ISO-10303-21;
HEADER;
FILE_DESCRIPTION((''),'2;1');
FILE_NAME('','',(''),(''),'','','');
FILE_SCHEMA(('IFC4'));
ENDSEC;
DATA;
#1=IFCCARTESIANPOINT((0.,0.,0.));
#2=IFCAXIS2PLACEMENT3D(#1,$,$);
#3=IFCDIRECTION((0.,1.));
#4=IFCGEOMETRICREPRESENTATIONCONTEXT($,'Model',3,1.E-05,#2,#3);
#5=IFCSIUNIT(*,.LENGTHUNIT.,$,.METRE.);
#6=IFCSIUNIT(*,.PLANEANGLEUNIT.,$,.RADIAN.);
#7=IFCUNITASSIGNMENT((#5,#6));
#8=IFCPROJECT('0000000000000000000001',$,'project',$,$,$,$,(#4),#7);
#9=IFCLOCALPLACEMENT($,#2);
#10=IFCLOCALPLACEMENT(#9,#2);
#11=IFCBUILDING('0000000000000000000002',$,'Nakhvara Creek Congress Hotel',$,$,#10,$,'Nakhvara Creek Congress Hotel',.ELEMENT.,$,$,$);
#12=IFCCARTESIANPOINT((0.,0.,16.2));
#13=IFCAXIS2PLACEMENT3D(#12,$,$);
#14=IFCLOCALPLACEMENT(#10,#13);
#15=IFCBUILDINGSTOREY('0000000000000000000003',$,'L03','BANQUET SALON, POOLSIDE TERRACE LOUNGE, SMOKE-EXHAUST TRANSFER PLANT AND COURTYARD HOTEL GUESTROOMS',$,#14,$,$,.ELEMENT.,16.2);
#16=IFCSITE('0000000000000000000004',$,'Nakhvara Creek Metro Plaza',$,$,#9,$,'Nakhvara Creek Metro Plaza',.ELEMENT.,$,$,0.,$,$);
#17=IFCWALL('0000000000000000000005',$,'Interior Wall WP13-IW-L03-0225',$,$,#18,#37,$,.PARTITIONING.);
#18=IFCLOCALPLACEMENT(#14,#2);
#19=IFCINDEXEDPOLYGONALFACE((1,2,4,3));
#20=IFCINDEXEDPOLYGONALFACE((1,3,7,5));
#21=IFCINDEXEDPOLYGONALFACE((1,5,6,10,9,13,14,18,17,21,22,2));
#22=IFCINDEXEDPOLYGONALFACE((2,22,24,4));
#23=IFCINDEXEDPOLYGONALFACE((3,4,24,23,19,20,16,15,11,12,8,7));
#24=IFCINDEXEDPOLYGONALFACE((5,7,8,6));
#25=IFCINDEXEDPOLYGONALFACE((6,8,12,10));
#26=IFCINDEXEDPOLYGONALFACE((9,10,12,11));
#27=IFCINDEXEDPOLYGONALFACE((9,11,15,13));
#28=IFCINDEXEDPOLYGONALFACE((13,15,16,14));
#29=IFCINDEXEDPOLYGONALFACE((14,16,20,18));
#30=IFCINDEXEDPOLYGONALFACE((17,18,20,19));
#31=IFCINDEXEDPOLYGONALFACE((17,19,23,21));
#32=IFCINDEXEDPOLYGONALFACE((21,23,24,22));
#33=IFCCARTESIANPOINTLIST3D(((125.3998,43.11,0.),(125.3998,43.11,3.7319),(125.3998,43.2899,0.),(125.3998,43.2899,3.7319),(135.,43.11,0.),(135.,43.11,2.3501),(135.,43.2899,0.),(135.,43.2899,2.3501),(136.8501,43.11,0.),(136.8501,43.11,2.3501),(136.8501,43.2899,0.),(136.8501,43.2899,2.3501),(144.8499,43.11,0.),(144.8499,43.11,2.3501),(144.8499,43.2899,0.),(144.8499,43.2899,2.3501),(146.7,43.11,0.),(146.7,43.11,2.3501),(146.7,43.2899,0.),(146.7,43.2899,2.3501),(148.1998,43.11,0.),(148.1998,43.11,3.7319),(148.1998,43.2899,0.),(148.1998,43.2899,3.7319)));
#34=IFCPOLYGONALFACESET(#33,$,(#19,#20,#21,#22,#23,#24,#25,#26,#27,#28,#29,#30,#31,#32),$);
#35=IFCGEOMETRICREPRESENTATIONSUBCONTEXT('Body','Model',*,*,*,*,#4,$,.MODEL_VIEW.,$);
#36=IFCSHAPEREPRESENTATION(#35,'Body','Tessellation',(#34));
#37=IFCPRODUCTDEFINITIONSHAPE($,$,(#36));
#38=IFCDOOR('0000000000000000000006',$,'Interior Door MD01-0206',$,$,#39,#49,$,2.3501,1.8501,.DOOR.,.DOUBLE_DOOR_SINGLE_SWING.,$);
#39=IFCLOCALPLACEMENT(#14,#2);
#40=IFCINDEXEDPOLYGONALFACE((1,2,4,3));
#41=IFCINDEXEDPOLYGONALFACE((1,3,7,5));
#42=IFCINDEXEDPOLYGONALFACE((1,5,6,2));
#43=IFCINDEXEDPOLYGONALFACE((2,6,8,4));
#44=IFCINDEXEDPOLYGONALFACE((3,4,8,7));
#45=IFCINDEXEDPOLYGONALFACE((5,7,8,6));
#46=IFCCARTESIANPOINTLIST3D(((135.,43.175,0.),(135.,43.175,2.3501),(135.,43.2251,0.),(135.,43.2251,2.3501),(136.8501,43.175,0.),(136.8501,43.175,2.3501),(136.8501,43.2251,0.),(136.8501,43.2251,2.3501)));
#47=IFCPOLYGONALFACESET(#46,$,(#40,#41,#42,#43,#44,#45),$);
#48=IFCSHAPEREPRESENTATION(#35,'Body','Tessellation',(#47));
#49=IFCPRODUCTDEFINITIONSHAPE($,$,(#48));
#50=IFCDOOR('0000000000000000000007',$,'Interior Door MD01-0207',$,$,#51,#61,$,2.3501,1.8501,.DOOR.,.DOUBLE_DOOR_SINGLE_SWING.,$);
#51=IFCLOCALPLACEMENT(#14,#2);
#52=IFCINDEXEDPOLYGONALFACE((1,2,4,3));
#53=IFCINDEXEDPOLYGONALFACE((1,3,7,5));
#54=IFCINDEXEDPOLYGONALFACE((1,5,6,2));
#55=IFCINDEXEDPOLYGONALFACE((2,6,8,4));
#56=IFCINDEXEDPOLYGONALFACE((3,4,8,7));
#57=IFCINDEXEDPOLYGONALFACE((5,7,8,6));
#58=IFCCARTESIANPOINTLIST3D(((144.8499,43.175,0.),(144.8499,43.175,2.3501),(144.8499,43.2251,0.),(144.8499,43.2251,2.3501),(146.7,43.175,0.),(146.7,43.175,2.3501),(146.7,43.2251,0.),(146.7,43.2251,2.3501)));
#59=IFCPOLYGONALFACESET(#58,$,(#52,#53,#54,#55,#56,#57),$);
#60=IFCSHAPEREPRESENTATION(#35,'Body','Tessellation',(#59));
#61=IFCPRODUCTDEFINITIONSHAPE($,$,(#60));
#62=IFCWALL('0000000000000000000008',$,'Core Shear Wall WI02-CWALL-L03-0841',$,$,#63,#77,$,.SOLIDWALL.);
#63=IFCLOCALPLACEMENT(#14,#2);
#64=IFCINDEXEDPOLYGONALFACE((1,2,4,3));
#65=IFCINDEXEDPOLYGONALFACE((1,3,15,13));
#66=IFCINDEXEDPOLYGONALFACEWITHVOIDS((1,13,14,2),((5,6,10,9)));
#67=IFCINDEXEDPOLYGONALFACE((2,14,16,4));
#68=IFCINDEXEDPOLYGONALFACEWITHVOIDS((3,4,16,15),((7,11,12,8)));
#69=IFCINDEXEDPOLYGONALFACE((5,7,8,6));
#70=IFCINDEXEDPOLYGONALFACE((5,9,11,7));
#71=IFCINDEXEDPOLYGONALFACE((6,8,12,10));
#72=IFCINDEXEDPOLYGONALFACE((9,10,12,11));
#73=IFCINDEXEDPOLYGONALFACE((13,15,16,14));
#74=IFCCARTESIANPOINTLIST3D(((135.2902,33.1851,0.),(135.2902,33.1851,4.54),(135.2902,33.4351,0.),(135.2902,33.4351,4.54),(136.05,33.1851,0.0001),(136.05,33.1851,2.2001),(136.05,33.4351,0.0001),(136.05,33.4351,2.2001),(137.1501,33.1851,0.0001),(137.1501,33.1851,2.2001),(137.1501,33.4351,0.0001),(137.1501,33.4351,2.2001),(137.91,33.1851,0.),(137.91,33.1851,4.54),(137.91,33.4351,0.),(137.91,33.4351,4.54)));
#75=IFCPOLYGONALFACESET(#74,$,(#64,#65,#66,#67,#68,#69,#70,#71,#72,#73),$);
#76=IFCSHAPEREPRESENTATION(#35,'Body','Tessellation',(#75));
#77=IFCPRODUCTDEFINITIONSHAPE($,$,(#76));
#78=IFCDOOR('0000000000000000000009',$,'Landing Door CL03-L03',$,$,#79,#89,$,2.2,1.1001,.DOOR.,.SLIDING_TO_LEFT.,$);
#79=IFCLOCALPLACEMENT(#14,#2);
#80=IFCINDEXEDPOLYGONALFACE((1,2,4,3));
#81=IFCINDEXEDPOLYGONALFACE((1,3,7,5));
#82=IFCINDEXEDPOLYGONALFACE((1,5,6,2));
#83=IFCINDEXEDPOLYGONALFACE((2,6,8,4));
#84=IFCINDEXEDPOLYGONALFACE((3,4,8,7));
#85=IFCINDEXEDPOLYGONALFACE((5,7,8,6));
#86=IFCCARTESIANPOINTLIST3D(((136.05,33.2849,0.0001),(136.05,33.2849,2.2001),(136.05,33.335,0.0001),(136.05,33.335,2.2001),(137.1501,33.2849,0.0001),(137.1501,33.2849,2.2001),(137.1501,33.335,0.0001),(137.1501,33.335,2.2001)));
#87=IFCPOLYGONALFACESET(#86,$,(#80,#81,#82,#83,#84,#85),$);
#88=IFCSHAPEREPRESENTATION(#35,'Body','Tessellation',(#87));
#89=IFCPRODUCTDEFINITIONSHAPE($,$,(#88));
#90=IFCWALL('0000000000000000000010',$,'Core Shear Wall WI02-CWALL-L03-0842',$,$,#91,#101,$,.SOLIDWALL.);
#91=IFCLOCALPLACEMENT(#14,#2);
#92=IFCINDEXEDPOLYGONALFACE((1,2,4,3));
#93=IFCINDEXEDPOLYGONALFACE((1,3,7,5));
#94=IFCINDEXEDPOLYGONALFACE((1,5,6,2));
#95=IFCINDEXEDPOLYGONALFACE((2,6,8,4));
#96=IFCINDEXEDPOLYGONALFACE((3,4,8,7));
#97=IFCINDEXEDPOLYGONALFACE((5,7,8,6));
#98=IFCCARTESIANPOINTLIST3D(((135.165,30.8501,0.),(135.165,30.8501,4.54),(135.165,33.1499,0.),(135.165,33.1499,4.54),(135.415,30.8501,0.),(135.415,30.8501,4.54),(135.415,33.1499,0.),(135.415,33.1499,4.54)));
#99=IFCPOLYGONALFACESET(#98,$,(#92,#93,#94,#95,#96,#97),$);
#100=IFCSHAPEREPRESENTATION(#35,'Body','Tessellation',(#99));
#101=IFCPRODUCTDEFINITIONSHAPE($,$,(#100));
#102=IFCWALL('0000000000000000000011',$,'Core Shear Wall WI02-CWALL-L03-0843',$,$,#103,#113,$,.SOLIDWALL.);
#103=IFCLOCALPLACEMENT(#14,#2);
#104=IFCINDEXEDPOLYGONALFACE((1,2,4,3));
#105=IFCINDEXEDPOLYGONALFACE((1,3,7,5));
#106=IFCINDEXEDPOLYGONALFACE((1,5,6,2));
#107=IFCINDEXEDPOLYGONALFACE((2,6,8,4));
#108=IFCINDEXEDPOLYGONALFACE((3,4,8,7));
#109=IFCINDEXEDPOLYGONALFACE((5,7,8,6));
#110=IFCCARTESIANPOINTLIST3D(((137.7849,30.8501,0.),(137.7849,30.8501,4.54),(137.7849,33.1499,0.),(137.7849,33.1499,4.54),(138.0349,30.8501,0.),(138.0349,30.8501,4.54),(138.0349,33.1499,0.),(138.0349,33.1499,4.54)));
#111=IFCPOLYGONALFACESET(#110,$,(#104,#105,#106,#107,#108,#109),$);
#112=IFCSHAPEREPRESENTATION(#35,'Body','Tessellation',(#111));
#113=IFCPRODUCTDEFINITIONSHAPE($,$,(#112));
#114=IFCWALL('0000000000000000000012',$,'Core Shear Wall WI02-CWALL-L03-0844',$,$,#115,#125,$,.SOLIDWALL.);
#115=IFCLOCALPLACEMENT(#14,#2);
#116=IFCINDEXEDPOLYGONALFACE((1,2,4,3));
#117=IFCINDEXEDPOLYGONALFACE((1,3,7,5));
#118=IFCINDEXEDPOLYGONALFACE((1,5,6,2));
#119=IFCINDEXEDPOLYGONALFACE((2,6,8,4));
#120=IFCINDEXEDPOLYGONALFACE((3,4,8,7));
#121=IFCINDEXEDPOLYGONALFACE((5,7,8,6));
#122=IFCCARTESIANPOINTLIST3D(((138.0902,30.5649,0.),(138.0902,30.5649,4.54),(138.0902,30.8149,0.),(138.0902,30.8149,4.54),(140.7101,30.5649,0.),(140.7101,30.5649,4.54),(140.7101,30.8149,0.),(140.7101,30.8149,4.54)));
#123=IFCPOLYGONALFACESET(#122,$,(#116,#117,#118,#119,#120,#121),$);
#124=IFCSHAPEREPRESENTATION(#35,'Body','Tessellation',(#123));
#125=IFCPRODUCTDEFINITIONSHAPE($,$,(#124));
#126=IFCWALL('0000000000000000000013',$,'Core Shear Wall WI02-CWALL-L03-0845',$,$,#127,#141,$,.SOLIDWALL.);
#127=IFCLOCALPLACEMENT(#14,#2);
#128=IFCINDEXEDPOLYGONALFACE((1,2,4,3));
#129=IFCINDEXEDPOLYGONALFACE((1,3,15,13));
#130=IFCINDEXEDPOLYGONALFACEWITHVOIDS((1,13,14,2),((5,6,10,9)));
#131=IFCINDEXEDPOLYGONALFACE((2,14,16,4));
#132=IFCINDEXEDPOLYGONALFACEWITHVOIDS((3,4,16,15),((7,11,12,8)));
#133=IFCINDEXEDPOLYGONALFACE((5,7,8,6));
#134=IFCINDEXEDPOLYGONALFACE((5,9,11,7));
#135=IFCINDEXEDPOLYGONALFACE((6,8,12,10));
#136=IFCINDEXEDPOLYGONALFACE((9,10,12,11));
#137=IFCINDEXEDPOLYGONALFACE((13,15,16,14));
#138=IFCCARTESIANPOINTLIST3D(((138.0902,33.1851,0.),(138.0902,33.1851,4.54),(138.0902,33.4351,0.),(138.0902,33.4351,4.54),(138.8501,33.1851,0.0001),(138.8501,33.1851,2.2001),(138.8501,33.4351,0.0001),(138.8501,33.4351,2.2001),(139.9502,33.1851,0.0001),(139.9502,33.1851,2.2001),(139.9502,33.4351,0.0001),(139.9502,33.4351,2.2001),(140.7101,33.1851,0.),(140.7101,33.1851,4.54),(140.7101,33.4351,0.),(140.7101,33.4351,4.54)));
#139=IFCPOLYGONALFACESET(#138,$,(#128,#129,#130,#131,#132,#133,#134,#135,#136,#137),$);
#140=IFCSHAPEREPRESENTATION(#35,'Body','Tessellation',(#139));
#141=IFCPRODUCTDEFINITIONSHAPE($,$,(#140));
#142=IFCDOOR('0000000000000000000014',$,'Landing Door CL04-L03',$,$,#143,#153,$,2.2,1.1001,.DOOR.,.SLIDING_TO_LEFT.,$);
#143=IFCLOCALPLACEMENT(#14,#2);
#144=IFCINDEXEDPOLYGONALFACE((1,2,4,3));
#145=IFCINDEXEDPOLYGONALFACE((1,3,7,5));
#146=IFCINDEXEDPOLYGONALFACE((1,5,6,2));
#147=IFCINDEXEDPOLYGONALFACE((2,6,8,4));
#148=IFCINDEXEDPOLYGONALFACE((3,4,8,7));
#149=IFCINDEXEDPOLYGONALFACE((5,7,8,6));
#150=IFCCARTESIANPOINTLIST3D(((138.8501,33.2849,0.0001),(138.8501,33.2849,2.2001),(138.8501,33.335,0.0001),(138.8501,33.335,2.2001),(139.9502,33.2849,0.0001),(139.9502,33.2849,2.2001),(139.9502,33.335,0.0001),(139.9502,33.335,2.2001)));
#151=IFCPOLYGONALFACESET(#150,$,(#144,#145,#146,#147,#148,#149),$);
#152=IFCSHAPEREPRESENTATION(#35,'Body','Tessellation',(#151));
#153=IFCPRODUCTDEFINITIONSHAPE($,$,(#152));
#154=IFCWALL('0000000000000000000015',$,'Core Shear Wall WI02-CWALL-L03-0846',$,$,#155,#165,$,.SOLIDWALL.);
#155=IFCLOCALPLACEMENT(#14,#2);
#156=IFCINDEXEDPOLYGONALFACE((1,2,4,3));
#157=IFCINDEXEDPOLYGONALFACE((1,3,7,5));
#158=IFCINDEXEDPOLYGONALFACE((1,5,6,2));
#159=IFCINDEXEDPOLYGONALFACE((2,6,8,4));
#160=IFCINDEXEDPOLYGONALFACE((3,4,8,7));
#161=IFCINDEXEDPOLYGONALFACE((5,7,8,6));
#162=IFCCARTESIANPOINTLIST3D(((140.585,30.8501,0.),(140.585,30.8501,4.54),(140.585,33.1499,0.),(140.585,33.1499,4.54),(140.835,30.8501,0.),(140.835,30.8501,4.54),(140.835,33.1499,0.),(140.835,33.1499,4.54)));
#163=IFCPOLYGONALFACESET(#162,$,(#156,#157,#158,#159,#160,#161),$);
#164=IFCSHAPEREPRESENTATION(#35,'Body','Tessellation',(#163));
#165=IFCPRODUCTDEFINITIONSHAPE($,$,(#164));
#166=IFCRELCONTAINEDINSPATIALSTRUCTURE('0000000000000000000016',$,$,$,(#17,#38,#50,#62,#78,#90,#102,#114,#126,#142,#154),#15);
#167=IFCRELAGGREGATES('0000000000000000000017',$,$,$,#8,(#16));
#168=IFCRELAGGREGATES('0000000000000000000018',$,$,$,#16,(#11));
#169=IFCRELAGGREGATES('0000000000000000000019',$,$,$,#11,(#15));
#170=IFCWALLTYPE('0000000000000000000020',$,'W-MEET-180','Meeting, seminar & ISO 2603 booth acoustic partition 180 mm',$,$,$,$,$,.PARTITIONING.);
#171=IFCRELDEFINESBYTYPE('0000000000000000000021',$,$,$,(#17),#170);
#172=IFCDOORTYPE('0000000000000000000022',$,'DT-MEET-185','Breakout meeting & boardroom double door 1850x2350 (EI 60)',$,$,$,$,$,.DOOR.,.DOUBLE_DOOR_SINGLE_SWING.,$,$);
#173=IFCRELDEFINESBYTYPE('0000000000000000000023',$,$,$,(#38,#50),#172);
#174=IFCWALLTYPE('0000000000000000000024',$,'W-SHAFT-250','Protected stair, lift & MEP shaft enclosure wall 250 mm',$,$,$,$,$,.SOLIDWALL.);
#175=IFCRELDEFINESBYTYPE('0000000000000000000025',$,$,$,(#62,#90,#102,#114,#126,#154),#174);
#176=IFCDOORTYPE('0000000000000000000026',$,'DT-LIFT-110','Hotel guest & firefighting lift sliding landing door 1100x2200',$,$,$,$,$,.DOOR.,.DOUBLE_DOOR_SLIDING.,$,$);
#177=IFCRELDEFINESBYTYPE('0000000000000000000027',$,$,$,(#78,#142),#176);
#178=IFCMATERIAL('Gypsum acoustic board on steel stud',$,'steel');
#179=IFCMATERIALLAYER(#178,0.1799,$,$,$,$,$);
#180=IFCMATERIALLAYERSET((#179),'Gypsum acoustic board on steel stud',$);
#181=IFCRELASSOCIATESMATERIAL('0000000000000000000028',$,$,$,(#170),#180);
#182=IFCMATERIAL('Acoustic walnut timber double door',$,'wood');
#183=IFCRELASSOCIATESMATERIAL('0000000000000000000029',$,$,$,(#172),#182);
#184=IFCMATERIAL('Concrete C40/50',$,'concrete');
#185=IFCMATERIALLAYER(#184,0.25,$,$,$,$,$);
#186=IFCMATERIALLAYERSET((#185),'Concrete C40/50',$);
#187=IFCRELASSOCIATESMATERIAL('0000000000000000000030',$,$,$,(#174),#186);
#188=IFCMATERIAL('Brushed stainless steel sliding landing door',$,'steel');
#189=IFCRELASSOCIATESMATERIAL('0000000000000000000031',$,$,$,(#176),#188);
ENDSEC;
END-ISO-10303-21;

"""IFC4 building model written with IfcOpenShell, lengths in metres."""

from ifc_helpers import new_model, si_unit, direction, frame, frame_2d, origin, place, context, subcontext, project, spatial, rectangle, extrude, material, layer, layer_set, type_object, element, fill, save


model = new_model("IFC4")

# Units and contexts
model_context = context("Model", 3, precision=1e-05, world=origin(), true_north=direction((0.0, 1.0)))
body_context = subcontext(model_context, "Body", "Model", "MODEL_VIEW")
ifc_project = project(units=[si_unit("LENGTHUNIT", "METRE"), si_unit("PLANEANGLEUNIT", "RADIAN")], contexts=[model_context])

# Site, building, storey
site_placement = place(None, origin())
site = spatial("IfcSite", under=ifc_project, at=site_placement, Name="Nakhvara Creek Metro Plaza", LongName="Nakhvara Creek Metro Plaza", CompositionType="ELEMENT", RefElevation=0.0)
building_placement = place(site_placement, origin())
building = spatial("IfcBuilding", under=site, at=building_placement, Name="Nakhvara Creek Congress Hotel", LongName="Nakhvara Creek Congress Hotel", CompositionType="ELEMENT")
storey_placement = place(building_placement, frame((0.0, 0.0, 16.2)))
storey = spatial("IfcBuildingStorey", under=building, at=storey_placement, Name="L03", Description="BANQUET SALON, POOLSIDE TERRACE LOUNGE, SMOKE-EXHAUST TRANSFER PLANT AND COURTYARD HOTEL GUESTROOMS", CompositionType="ELEMENT", Elevation=16.2)

# Shared definitions
ifc_material_1 = material(Name="Concrete C40/50", Category="concrete")

# Wall, openings, doors
ifc_material_2 = material(Name="Gypsum acoustic board on steel stud", Category="steel")
ifc_layer_1 = layer(ifc_material_2, 0.1799)
ifc_layer_set_1 = layer_set([ifc_layer_1], Name="Gypsum acoustic board on steel stud")
wall_type_1 = type_object("IfcWallType", Name="W-MEET-180", Description="Meeting, seminar & ISO 2603 booth acoustic partition 180 mm", PredefinedType="PARTITIONING", material=ifc_layer_set_1)
wall_1_placement = place(storey_placement, frame((125.3999, 43.2, 0.0), z_axis=(0.0, 0.0, 1.0), x_axis=(1.0, 0.0, 0.0)))
wall_1 = element("IfcWall", 1, at=wall_1_placement, inside=storey, type_object=wall_type_1, Name="Interior Wall WP13-IW-L03-0225", PredefinedType="PARTITIONING", context=body_context, shape_type="SweptSolid", body=[
    extrude(rectangle(XDim=22.8, YDim=0.1799, at=frame_2d((11.3999, 0.0))), origin(), (0.0, 0.0, 1.0), 3.7319),
])
opening_1_placement = place(wall_1_placement, frame((9.6001, 0.0, 0.0)))
opening_1 = element("IfcOpeningElement", 2, at=opening_1_placement, cuts=wall_1, PredefinedType="OPENING", context=body_context, shape_type="SweptSolid", body=[
    extrude(rectangle(XDim=1.8501, YDim=2.3501, at=frame_2d((0.925, 1.175))), frame((0.0, 0.1021, 0.0), z_axis=(0.0, -1.0, 0.0), x_axis=(1.0, 0.0, 0.0)), (0.0, 0.0, 1.0), 0.2039),
])
opening_2_placement = place(wall_1_placement, frame((19.45, 0.0, 0.0)))
opening_2 = element("IfcOpeningElement", 3, at=opening_2_placement, cuts=wall_1, PredefinedType="OPENING", context=body_context, shape_type="SweptSolid", body=[
    extrude(rectangle(XDim=1.8501, YDim=2.3501, at=frame_2d((0.925, 1.175))), frame((0.0, 0.1021, 0.0), z_axis=(0.0, -1.0, 0.0), x_axis=(1.0, 0.0, 0.0)), (0.0, 0.0, 1.0), 0.2039),
])
ifc_material_3 = material(Name="Acoustic walnut timber double door", Category="wood")
door_type_1 = type_object("IfcDoorType", Name="DT-MEET-185", Description="Breakout meeting & boardroom double door 1850x2350 (EI 60)", OperationType="DOUBLE_DOOR_SINGLE_SWING", PredefinedType="DOOR", material=ifc_material_3)
door_1_placement = place(opening_1_placement, frame((1.8501, 0.0, 0.0), z_axis=(0.0, 0.0, 1.0), x_axis=(-1.0, 0.0, 0.0)))
door_1 = element("IfcDoor", 4, at=door_1_placement, inside=storey, type_object=door_type_1, Name="Interior Door MD01-0206", OperationType="DOUBLE_DOOR_SINGLE_SWING", OverallHeight=2.3501, OverallWidth=1.8501, PredefinedType="DOOR", context=body_context, shape_type="SweptSolid", body=[
    extrude(rectangle(XDim=1.8501, YDim=2.3501, at=frame_2d((0.925, 1.175))), frame((0.0, 0.0249, 0.0), z_axis=(0.0, -1.0, 0.0), x_axis=(1.0, 0.0, 0.0)), (0.0, 0.0, 1.0), 0.05),
])
fill(opening_1, door_1)
door_2_placement = place(opening_2_placement, frame((1.8501, 0.0, 0.0), z_axis=(0.0, 0.0, 1.0), x_axis=(-1.0, 0.0, 0.0)))
door_2 = element("IfcDoor", 5, at=door_2_placement, inside=storey, type_object=door_type_1, Name="Interior Door MD01-0207", OperationType="DOUBLE_DOOR_SINGLE_SWING", OverallHeight=2.3501, OverallWidth=1.8501, PredefinedType="DOOR", context=body_context, shape_type="SweptSolid", body=[
    extrude(rectangle(XDim=1.8501, YDim=2.3501, at=frame_2d((0.925, 1.175))), frame((0.0, 0.0249, 0.0), z_axis=(0.0, -1.0, 0.0), x_axis=(1.0, 0.0, 0.0)), (0.0, 0.0, 1.0), 0.05),
])
fill(opening_2, door_2)

# Shared definitions
ifc_layer_2 = layer(ifc_material_1, 0.25)
ifc_layer_set_2 = layer_set([ifc_layer_2], Name="Concrete C40/50")
wall_type_2 = type_object("IfcWallType", Name="W-SHAFT-250", Description="Protected stair, lift & MEP shaft enclosure wall 250 mm", PredefinedType="SOLIDWALL", material=ifc_layer_set_2)

# Wall, opening, door
wall_2_placement = place(storey_placement, frame((135.29, 33.3101, 0.0), z_axis=(0.0, 0.0, 1.0), x_axis=(1.0, 0.0, 0.0)))
wall_2 = element("IfcWall", 6, at=wall_2_placement, inside=storey, type_object=wall_type_2, Name="Core Shear Wall WI02-CWALL-L03-0841", PredefinedType="SOLIDWALL", context=body_context, shape_type="SweptSolid", body=[
    extrude(rectangle(XDim=2.6199, YDim=0.25, at=frame_2d((1.3101, 0.0))), origin(), (0.0, 0.0, 1.0), 4.54),
])
opening_3_placement = place(wall_2_placement, frame((0.76, 0.0, 0.0)))
opening_3 = element("IfcOpeningElement", 7, at=opening_3_placement, cuts=wall_2, PredefinedType="OPENING", context=body_context, shape_type="SweptSolid", body=[
    extrude(rectangle(XDim=1.1001, YDim=2.2, at=frame_2d((0.55, 1.1001))), frame((0.0, 0.137, 0.0), z_axis=(0.0, -1.0, 0.0), x_axis=(1.0, 0.0, 0.0)), (0.0, 0.0, 1.0), 0.2739),
])
ifc_material_4 = material(Name="Brushed stainless steel sliding landing door", Category="steel")
door_type_2 = type_object("IfcDoorType", Name="DT-LIFT-110", Description="Hotel guest & firefighting lift sliding landing door 1100x2200", OperationType="DOUBLE_DOOR_SLIDING", PredefinedType="DOOR", material=ifc_material_4)
door_3_placement = place(opening_3_placement, origin())
door_3 = element("IfcDoor", 8, at=door_3_placement, inside=storey, type_object=door_type_2, Name="Landing Door CL03-L03", OperationType="SLIDING_TO_LEFT", OverallHeight=2.2, OverallWidth=1.1001, PredefinedType="DOOR", context=body_context, shape_type="SweptSolid", body=[
    extrude(rectangle(XDim=1.1001, YDim=2.2, at=frame_2d((0.55, 1.1001))), frame((0.0, 0.0249, 0.0), z_axis=(0.0, -1.0, 0.0), x_axis=(1.0, 0.0, 0.0)), (0.0, 0.0, 1.0), 0.05),
])
fill(opening_3, door_3)

# Walls
for number, where, z_axis, x_axis, name in (
    (9, (135.29, 30.8501, 0.0), (0.0, 0.0, 1.0), (0.0, 1.0, 0.0), "Core Shear Wall WI02-CWALL-L03-0842"),
    (10, (137.9099, 30.8501, 0.0), (0.0, 0.0, 1.0), (0.0, 1.0, 0.0), "Core Shear Wall WI02-CWALL-L03-0843"),
):
    element("IfcWall", number, at=place(storey_placement, frame(where, z_axis=z_axis, x_axis=x_axis)), inside=storey, type_object=wall_type_2, Name=name, PredefinedType="SOLIDWALL", context=body_context, shape_type="SweptSolid", body=[
        extrude(rectangle(XDim=2.2998, YDim=0.25, at=frame_2d((1.1499, 0.0))), origin(), (0.0, 0.0, 1.0), 4.54),
    ])
wall_3_placement = place(storey_placement, frame((138.0901, 30.6899, 0.0), z_axis=(0.0, 0.0, 1.0), x_axis=(1.0, 0.0, 0.0)))
element("IfcWall", 11, at=wall_3_placement, inside=storey, type_object=wall_type_2, Name="Core Shear Wall WI02-CWALL-L03-0844", PredefinedType="SOLIDWALL", context=body_context, shape_type="SweptSolid", body=[
    extrude(rectangle(XDim=2.6199, YDim=0.25, at=frame_2d((1.3101, 0.0))), origin(), (0.0, 0.0, 1.0), 4.54),
])

# Wall, opening, door
wall_4_placement = place(storey_placement, frame((138.0901, 33.3101, 0.0), z_axis=(0.0, 0.0, 1.0), x_axis=(1.0, 0.0, 0.0)))
wall_4 = element("IfcWall", 12, at=wall_4_placement, inside=storey, type_object=wall_type_2, Name="Core Shear Wall WI02-CWALL-L03-0845", PredefinedType="SOLIDWALL", context=body_context, shape_type="SweptSolid", body=[
    extrude(rectangle(XDim=2.6199, YDim=0.25, at=frame_2d((1.3101, 0.0))), origin(), (0.0, 0.0, 1.0), 4.54),
])
opening_4_placement = place(wall_4_placement, frame((0.76, 0.0, 0.0)))
opening_4 = element("IfcOpeningElement", 13, at=opening_4_placement, cuts=wall_4, PredefinedType="OPENING", context=body_context, shape_type="SweptSolid", body=[
    extrude(rectangle(XDim=1.1001, YDim=2.2, at=frame_2d((0.55, 1.1001))), frame((0.0, 0.137, 0.0), z_axis=(0.0, -1.0, 0.0), x_axis=(1.0, 0.0, 0.0)), (0.0, 0.0, 1.0), 0.2739),
])
door_4_placement = place(opening_4_placement, origin())
door_4 = element("IfcDoor", 14, at=door_4_placement, inside=storey, type_object=door_type_2, Name="Landing Door CL04-L03", OperationType="SLIDING_TO_LEFT", OverallHeight=2.2, OverallWidth=1.1001, PredefinedType="DOOR", context=body_context, shape_type="SweptSolid", body=[
    extrude(rectangle(XDim=1.1001, YDim=2.2, at=frame_2d((0.55, 1.1001))), frame((0.0, 0.0249, 0.0), z_axis=(0.0, -1.0, 0.0), x_axis=(1.0, 0.0, 0.0)), (0.0, 0.0, 1.0), 0.05),
])
fill(opening_4, door_4)

# Wall
wall_5_placement = place(storey_placement, frame((140.71, 30.8501, 0.0), z_axis=(0.0, 0.0, 1.0), x_axis=(0.0, 1.0, 0.0)))
element("IfcWall", 15, at=wall_5_placement, inside=storey, type_object=wall_type_2, Name="Core Shear Wall WI02-CWALL-L03-0846", PredefinedType="SOLIDWALL", context=body_context, shape_type="SweptSolid", body=[
    extrude(rectangle(XDim=2.2998, YDim=0.25, at=frame_2d((1.1499, 0.0))), origin(), (0.0, 0.0, 1.0), 4.54),
])

save(model, "model.ifc")
